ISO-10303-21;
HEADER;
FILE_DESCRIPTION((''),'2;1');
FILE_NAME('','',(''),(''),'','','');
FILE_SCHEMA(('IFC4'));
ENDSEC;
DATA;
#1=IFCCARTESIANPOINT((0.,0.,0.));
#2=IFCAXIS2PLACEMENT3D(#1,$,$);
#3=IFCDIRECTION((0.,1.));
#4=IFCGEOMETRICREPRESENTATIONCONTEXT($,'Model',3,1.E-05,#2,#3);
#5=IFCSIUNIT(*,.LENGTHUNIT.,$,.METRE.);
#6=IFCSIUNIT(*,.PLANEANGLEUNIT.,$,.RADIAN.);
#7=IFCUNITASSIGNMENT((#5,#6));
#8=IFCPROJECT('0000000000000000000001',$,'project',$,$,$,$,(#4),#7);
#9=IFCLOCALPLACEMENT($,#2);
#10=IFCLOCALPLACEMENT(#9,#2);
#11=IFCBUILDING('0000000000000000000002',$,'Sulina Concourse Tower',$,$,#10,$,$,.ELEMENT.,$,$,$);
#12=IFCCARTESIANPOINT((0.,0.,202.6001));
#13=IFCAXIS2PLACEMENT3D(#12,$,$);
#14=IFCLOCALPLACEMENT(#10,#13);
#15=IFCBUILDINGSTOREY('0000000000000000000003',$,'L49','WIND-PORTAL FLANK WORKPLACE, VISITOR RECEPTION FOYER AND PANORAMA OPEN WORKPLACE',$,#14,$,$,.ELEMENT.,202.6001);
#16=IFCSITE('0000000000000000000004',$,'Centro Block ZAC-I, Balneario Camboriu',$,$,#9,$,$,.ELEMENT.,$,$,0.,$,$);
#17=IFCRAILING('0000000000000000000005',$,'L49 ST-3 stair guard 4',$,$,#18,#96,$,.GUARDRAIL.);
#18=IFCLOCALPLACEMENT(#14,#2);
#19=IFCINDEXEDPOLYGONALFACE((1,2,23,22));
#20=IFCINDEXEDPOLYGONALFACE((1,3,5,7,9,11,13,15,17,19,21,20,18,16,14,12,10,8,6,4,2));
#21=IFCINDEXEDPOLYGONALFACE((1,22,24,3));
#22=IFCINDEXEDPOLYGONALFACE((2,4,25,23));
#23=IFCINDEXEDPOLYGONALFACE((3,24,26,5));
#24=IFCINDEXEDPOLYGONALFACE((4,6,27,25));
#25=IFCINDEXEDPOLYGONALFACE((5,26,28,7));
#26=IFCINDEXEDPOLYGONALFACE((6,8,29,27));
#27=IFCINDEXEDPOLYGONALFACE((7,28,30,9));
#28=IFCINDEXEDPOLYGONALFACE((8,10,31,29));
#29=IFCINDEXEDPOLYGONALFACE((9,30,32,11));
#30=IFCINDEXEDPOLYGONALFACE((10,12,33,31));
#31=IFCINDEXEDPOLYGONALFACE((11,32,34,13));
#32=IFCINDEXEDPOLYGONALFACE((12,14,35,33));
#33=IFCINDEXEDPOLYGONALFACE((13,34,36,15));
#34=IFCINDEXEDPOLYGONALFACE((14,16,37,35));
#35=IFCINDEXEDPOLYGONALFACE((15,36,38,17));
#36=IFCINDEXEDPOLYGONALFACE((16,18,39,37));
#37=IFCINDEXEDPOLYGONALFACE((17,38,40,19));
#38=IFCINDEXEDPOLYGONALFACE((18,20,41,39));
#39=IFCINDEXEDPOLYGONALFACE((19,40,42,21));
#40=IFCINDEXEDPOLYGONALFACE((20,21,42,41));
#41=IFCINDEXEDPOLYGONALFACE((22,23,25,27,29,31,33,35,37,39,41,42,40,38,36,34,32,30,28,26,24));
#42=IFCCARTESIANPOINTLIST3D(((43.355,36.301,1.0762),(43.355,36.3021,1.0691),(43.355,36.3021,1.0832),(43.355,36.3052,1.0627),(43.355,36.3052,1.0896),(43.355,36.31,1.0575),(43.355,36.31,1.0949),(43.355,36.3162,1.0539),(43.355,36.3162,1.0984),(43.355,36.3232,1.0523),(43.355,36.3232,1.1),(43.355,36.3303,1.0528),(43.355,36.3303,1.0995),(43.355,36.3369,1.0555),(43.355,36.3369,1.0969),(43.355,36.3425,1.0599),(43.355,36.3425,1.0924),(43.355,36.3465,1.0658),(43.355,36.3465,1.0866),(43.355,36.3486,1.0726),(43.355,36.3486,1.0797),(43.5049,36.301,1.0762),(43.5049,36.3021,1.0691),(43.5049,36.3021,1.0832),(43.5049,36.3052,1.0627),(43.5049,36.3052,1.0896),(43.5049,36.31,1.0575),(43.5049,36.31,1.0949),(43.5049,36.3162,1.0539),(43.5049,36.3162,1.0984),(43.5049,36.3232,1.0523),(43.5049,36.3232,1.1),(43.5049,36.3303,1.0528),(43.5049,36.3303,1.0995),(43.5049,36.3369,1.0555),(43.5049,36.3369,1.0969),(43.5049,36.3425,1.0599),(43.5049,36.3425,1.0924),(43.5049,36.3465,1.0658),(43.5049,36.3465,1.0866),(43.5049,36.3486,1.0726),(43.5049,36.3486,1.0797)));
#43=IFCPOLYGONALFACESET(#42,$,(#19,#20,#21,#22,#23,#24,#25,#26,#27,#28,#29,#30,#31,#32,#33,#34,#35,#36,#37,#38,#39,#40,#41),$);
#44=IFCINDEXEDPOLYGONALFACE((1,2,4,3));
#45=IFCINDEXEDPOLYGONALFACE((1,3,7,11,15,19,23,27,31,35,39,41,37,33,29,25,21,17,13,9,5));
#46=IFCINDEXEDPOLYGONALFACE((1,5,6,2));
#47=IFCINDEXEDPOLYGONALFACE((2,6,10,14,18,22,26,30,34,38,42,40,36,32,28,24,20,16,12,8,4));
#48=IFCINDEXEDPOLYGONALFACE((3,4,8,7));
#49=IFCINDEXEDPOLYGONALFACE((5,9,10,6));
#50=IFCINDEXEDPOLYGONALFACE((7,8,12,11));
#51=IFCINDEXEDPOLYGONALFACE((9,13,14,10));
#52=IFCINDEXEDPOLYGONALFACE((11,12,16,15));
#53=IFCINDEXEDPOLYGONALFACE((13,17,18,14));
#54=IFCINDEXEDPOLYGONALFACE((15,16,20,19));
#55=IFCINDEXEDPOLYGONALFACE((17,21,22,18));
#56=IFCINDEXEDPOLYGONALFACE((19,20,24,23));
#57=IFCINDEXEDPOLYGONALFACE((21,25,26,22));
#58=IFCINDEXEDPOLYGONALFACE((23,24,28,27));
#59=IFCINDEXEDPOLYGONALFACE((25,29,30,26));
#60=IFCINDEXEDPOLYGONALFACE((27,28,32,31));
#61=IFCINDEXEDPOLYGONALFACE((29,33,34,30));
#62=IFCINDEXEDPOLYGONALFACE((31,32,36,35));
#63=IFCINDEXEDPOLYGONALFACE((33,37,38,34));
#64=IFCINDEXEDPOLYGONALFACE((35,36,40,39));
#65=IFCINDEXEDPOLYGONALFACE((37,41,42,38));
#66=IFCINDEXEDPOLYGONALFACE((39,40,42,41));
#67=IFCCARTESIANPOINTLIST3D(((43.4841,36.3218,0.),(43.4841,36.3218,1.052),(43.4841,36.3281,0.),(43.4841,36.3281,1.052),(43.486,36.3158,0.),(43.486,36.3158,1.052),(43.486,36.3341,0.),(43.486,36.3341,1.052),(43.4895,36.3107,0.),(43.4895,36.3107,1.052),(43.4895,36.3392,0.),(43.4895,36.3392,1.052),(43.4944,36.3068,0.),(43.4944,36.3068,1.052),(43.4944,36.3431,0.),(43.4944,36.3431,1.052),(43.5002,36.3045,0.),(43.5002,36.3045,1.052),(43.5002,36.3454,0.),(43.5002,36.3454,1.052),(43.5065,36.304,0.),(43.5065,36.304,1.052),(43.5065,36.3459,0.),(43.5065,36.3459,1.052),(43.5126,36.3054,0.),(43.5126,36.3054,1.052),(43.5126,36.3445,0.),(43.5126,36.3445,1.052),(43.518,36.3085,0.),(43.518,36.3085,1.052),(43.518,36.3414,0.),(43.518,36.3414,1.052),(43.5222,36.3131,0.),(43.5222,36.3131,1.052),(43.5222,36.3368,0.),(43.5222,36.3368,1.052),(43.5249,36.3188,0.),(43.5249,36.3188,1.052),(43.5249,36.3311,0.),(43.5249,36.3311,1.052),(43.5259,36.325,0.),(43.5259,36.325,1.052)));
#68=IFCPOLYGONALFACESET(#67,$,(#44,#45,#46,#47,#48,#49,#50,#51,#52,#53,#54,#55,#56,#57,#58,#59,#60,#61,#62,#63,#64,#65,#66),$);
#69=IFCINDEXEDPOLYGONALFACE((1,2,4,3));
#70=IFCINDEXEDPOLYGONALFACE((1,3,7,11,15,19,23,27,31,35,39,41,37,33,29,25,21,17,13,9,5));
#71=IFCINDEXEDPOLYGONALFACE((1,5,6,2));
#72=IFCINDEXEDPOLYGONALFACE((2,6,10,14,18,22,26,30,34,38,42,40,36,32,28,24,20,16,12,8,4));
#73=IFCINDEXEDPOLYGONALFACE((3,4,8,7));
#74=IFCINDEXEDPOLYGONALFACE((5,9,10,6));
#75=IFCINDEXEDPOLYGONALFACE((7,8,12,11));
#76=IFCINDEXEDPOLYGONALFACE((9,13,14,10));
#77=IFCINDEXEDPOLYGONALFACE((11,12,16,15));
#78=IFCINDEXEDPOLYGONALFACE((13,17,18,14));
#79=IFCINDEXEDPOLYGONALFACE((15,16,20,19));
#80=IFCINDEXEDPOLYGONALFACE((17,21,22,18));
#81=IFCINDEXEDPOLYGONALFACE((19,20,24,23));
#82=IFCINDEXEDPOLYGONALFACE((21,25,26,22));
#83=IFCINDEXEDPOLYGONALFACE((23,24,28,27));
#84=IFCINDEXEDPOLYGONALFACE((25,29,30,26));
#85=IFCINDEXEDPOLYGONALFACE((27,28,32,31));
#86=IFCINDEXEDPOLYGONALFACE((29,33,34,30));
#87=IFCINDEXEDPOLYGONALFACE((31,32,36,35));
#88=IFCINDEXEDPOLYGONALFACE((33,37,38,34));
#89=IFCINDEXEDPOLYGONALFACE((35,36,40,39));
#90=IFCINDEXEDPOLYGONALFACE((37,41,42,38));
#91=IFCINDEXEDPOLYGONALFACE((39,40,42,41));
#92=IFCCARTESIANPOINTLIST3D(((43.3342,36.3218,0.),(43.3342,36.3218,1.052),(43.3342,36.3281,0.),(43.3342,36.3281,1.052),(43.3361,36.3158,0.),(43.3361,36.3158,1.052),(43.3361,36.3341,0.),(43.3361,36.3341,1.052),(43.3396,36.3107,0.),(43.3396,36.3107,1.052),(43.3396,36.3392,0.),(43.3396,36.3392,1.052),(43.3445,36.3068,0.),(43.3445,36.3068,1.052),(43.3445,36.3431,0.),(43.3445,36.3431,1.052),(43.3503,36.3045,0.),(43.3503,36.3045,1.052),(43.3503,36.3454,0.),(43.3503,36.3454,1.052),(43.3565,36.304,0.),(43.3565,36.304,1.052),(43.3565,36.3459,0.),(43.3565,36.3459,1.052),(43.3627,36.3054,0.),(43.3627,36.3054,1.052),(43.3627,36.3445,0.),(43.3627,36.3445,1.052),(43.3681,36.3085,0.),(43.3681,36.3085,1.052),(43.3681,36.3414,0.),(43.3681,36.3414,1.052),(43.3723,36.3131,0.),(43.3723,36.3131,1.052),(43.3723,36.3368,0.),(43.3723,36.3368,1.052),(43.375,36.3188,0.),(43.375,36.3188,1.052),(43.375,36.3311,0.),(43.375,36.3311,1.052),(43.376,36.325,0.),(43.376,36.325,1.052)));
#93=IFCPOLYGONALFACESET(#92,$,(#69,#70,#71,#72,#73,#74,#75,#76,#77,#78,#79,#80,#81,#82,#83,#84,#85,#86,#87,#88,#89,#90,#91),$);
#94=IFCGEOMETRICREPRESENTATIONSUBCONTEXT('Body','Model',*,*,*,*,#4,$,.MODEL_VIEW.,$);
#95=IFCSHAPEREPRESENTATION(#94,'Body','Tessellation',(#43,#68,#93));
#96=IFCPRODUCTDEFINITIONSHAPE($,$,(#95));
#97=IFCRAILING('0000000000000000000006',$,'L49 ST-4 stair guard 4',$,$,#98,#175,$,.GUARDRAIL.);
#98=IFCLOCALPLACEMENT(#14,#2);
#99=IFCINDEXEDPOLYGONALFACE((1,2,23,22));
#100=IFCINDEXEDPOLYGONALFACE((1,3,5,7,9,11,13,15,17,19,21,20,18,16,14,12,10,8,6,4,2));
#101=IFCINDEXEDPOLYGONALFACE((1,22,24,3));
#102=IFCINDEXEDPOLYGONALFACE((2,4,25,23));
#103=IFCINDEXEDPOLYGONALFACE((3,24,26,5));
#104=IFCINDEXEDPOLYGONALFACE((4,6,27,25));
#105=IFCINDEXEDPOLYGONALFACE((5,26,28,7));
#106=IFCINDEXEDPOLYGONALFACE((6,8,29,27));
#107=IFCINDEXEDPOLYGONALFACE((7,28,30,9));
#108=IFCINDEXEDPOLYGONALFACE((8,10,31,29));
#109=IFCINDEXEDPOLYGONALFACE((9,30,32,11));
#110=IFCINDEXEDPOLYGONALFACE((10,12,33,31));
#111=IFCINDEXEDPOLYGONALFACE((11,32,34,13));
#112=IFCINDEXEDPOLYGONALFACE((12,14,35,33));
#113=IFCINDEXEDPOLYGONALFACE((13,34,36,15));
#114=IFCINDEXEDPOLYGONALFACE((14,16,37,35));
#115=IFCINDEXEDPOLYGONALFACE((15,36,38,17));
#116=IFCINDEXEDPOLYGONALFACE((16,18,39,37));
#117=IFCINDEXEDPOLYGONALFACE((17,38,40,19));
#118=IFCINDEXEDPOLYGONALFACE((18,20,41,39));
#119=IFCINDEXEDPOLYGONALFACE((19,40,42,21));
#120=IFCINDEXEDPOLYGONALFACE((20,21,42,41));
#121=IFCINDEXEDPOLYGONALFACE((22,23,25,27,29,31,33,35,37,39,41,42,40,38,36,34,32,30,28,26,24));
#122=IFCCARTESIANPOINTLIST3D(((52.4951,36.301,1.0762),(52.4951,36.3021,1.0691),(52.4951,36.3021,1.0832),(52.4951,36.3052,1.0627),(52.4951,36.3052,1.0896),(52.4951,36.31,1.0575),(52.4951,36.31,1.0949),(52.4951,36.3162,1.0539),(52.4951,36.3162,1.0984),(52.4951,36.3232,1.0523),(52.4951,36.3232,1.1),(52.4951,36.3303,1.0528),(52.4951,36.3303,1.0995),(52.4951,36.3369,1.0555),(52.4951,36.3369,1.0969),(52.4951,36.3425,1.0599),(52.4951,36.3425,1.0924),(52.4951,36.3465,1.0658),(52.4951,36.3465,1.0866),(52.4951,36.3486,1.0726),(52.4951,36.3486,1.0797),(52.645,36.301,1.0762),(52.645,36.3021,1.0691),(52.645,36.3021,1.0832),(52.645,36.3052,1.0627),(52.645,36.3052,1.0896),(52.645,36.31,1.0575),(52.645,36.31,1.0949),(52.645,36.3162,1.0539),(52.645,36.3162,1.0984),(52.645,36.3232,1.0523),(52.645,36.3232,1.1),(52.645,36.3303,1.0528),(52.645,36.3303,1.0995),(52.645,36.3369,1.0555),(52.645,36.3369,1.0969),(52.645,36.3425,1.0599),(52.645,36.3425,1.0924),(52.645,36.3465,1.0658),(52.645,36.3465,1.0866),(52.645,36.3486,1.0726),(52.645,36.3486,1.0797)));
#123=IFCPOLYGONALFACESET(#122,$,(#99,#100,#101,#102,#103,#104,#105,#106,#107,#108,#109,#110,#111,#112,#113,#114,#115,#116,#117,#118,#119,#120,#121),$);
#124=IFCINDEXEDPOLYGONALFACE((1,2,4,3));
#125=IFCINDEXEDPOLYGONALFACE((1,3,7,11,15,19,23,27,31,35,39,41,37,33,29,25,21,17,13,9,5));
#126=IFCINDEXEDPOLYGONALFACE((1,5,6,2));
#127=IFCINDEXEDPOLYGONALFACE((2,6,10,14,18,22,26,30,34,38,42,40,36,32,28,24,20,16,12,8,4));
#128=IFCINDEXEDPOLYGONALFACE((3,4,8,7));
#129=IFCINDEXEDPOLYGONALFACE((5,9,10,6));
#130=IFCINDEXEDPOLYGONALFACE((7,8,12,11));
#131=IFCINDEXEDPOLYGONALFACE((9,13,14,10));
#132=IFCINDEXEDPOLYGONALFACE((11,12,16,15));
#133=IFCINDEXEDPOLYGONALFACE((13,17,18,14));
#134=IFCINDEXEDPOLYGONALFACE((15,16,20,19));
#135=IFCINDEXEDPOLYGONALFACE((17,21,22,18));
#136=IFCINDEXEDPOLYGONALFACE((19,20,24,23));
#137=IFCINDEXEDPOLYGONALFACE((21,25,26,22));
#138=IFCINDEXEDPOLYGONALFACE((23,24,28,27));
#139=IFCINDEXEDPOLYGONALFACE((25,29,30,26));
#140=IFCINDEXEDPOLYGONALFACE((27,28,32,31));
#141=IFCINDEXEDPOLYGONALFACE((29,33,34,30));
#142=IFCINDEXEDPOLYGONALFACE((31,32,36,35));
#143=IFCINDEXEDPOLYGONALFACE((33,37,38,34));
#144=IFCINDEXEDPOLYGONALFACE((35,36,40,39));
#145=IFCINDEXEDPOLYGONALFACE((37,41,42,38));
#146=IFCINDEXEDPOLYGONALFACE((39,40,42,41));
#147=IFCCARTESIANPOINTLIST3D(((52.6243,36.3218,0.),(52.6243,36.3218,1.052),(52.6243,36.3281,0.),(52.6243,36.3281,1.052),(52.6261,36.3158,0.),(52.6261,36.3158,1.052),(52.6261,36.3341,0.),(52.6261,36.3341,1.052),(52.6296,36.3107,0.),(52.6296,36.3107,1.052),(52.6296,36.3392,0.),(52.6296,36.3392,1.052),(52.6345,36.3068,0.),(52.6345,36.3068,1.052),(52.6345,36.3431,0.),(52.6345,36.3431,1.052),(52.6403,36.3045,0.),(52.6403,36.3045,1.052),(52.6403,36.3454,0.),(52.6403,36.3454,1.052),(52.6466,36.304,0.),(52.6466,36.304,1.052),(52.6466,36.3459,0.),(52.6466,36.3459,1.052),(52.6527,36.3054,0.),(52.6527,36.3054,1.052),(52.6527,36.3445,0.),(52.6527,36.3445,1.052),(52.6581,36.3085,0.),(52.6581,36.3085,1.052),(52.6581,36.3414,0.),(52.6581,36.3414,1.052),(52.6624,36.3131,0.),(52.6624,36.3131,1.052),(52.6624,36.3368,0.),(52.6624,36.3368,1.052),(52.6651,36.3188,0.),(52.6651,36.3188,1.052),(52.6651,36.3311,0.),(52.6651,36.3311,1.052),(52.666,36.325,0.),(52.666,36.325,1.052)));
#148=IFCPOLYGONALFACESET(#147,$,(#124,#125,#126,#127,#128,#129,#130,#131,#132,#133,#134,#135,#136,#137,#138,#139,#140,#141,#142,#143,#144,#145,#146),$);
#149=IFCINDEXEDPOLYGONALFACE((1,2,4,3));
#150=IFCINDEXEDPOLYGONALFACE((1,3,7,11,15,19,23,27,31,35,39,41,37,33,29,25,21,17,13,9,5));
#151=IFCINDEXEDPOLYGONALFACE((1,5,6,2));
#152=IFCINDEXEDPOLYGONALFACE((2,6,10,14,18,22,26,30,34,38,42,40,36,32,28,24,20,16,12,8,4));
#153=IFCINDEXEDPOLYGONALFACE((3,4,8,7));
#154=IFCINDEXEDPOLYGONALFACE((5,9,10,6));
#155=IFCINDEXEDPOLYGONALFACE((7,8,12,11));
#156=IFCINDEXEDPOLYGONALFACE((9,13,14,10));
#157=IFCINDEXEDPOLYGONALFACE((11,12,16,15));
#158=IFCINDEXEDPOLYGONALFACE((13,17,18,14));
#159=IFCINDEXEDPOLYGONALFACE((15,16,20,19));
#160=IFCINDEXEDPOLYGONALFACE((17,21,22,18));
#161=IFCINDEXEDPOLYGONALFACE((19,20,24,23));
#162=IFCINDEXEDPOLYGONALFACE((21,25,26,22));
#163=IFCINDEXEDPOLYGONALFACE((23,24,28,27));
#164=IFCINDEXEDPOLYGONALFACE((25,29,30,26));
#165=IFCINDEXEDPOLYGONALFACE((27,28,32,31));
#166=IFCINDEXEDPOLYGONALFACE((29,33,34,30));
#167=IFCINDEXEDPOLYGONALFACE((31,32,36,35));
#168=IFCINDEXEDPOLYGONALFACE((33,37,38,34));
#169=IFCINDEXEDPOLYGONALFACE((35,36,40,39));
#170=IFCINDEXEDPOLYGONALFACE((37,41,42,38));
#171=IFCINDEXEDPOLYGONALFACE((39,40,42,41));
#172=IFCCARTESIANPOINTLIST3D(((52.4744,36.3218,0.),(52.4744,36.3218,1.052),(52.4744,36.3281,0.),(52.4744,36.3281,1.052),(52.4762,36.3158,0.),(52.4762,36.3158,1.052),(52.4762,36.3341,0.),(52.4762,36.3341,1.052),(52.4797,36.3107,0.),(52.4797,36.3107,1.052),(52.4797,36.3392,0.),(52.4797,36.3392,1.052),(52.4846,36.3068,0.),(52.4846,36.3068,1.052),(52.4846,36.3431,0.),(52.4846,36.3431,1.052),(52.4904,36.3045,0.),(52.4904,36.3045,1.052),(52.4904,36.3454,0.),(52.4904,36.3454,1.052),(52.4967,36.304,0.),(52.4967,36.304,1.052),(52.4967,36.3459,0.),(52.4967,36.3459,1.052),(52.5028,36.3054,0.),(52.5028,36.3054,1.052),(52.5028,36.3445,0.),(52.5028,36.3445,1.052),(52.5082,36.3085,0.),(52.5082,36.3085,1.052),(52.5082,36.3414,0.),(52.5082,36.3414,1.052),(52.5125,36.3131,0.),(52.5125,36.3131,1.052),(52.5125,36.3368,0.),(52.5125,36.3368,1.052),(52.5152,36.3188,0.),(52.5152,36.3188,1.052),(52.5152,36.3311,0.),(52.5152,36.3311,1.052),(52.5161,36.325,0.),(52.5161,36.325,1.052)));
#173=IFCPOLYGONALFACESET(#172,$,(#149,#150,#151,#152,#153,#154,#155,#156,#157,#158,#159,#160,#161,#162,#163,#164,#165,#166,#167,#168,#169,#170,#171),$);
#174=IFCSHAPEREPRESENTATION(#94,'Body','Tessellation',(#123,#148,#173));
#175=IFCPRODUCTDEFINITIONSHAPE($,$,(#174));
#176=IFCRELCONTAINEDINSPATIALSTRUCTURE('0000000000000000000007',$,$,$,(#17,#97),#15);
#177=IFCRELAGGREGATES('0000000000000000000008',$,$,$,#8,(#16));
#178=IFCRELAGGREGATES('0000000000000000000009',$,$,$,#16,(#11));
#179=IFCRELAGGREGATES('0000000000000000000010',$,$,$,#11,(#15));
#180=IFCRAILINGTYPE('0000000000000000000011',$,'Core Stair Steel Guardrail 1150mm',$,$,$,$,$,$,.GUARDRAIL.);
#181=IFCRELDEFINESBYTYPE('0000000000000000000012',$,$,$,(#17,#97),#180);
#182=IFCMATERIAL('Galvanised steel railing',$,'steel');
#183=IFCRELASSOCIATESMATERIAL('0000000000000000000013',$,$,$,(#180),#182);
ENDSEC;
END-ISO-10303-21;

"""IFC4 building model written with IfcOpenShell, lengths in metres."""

from ifc_helpers import new_model, si_unit, direction, frame, origin, origin_2d, place, context, subcontext, project, spatial, circle, extrude, material, type_object, element, save


model = new_model("IFC4")

# Units and contexts
model_context = context("Model", 3, precision=1e-05, world=origin(), true_north=direction((0.0, 1.0)))
body_context = subcontext(model_context, "Body", "Model", "MODEL_VIEW")
ifc_project = project(units=[si_unit("LENGTHUNIT", "METRE"), si_unit("PLANEANGLEUNIT", "RADIAN")], contexts=[model_context])

# Site, building, storey
site_placement = place(None, origin())
site = spatial("IfcSite", under=ifc_project, at=site_placement, Name="Centro Block ZAC-I, Balneario Camboriu", CompositionType="ELEMENT", RefElevation=0.0)
building_placement = place(site_placement, origin())
building = spatial("IfcBuilding", under=site, at=building_placement, Name="Sulina Concourse Tower", CompositionType="ELEMENT")
storey_placement = place(building_placement, frame((0.0, 0.0, 202.6001)))
storey = spatial("IfcBuildingStorey", under=building, at=storey_placement, Name="L49", Description="WIND-PORTAL FLANK WORKPLACE, VISITOR RECEPTION FOYER AND PANORAMA OPEN WORKPLACE", CompositionType="ELEMENT", Elevation=202.6001)

# Railings
ifc_material_1 = material(Name="Galvanised steel railing", Category="steel")
railing_type_1 = type_object("IfcRailingType", Name="Core Stair Steel Guardrail 1150mm", PredefinedType="GUARDRAIL", material=ifc_material_1)
for number, where, name in (
    (1, (43.5049, 36.325, 0.0), "L49 ST-3 stair guard 4"),
    (2, (52.645, 36.325, 0.0), "L49 ST-4 stair guard 4"),
):
    element("IfcRailing", number, at=place(storey_placement, frame(where)), inside=storey, type_object=railing_type_1, Name=name, PredefinedType="GUARDRAIL", context=body_context, shape_type="SweptSolid", body=[
        extrude(circle(Radius=0.0239, at=origin_2d()), frame((0.0, 0.0, 1.0762), z_axis=(-1.0, 0.0, 0.0), x_axis=(0.0, -1.0, 0.0)), (0.0, 0.0, 1.0), 0.1499),
        extrude(circle(Radius=0.021, at=origin_2d()), origin(), (0.0, 0.0, 1.0), 1.052),
        extrude(circle(Radius=0.021, at=origin_2d()), frame((-0.1499, 0.0, 0.0)), (0.0, 0.0, 1.0), 1.052),
    ])

save(model, "model.ifc")
